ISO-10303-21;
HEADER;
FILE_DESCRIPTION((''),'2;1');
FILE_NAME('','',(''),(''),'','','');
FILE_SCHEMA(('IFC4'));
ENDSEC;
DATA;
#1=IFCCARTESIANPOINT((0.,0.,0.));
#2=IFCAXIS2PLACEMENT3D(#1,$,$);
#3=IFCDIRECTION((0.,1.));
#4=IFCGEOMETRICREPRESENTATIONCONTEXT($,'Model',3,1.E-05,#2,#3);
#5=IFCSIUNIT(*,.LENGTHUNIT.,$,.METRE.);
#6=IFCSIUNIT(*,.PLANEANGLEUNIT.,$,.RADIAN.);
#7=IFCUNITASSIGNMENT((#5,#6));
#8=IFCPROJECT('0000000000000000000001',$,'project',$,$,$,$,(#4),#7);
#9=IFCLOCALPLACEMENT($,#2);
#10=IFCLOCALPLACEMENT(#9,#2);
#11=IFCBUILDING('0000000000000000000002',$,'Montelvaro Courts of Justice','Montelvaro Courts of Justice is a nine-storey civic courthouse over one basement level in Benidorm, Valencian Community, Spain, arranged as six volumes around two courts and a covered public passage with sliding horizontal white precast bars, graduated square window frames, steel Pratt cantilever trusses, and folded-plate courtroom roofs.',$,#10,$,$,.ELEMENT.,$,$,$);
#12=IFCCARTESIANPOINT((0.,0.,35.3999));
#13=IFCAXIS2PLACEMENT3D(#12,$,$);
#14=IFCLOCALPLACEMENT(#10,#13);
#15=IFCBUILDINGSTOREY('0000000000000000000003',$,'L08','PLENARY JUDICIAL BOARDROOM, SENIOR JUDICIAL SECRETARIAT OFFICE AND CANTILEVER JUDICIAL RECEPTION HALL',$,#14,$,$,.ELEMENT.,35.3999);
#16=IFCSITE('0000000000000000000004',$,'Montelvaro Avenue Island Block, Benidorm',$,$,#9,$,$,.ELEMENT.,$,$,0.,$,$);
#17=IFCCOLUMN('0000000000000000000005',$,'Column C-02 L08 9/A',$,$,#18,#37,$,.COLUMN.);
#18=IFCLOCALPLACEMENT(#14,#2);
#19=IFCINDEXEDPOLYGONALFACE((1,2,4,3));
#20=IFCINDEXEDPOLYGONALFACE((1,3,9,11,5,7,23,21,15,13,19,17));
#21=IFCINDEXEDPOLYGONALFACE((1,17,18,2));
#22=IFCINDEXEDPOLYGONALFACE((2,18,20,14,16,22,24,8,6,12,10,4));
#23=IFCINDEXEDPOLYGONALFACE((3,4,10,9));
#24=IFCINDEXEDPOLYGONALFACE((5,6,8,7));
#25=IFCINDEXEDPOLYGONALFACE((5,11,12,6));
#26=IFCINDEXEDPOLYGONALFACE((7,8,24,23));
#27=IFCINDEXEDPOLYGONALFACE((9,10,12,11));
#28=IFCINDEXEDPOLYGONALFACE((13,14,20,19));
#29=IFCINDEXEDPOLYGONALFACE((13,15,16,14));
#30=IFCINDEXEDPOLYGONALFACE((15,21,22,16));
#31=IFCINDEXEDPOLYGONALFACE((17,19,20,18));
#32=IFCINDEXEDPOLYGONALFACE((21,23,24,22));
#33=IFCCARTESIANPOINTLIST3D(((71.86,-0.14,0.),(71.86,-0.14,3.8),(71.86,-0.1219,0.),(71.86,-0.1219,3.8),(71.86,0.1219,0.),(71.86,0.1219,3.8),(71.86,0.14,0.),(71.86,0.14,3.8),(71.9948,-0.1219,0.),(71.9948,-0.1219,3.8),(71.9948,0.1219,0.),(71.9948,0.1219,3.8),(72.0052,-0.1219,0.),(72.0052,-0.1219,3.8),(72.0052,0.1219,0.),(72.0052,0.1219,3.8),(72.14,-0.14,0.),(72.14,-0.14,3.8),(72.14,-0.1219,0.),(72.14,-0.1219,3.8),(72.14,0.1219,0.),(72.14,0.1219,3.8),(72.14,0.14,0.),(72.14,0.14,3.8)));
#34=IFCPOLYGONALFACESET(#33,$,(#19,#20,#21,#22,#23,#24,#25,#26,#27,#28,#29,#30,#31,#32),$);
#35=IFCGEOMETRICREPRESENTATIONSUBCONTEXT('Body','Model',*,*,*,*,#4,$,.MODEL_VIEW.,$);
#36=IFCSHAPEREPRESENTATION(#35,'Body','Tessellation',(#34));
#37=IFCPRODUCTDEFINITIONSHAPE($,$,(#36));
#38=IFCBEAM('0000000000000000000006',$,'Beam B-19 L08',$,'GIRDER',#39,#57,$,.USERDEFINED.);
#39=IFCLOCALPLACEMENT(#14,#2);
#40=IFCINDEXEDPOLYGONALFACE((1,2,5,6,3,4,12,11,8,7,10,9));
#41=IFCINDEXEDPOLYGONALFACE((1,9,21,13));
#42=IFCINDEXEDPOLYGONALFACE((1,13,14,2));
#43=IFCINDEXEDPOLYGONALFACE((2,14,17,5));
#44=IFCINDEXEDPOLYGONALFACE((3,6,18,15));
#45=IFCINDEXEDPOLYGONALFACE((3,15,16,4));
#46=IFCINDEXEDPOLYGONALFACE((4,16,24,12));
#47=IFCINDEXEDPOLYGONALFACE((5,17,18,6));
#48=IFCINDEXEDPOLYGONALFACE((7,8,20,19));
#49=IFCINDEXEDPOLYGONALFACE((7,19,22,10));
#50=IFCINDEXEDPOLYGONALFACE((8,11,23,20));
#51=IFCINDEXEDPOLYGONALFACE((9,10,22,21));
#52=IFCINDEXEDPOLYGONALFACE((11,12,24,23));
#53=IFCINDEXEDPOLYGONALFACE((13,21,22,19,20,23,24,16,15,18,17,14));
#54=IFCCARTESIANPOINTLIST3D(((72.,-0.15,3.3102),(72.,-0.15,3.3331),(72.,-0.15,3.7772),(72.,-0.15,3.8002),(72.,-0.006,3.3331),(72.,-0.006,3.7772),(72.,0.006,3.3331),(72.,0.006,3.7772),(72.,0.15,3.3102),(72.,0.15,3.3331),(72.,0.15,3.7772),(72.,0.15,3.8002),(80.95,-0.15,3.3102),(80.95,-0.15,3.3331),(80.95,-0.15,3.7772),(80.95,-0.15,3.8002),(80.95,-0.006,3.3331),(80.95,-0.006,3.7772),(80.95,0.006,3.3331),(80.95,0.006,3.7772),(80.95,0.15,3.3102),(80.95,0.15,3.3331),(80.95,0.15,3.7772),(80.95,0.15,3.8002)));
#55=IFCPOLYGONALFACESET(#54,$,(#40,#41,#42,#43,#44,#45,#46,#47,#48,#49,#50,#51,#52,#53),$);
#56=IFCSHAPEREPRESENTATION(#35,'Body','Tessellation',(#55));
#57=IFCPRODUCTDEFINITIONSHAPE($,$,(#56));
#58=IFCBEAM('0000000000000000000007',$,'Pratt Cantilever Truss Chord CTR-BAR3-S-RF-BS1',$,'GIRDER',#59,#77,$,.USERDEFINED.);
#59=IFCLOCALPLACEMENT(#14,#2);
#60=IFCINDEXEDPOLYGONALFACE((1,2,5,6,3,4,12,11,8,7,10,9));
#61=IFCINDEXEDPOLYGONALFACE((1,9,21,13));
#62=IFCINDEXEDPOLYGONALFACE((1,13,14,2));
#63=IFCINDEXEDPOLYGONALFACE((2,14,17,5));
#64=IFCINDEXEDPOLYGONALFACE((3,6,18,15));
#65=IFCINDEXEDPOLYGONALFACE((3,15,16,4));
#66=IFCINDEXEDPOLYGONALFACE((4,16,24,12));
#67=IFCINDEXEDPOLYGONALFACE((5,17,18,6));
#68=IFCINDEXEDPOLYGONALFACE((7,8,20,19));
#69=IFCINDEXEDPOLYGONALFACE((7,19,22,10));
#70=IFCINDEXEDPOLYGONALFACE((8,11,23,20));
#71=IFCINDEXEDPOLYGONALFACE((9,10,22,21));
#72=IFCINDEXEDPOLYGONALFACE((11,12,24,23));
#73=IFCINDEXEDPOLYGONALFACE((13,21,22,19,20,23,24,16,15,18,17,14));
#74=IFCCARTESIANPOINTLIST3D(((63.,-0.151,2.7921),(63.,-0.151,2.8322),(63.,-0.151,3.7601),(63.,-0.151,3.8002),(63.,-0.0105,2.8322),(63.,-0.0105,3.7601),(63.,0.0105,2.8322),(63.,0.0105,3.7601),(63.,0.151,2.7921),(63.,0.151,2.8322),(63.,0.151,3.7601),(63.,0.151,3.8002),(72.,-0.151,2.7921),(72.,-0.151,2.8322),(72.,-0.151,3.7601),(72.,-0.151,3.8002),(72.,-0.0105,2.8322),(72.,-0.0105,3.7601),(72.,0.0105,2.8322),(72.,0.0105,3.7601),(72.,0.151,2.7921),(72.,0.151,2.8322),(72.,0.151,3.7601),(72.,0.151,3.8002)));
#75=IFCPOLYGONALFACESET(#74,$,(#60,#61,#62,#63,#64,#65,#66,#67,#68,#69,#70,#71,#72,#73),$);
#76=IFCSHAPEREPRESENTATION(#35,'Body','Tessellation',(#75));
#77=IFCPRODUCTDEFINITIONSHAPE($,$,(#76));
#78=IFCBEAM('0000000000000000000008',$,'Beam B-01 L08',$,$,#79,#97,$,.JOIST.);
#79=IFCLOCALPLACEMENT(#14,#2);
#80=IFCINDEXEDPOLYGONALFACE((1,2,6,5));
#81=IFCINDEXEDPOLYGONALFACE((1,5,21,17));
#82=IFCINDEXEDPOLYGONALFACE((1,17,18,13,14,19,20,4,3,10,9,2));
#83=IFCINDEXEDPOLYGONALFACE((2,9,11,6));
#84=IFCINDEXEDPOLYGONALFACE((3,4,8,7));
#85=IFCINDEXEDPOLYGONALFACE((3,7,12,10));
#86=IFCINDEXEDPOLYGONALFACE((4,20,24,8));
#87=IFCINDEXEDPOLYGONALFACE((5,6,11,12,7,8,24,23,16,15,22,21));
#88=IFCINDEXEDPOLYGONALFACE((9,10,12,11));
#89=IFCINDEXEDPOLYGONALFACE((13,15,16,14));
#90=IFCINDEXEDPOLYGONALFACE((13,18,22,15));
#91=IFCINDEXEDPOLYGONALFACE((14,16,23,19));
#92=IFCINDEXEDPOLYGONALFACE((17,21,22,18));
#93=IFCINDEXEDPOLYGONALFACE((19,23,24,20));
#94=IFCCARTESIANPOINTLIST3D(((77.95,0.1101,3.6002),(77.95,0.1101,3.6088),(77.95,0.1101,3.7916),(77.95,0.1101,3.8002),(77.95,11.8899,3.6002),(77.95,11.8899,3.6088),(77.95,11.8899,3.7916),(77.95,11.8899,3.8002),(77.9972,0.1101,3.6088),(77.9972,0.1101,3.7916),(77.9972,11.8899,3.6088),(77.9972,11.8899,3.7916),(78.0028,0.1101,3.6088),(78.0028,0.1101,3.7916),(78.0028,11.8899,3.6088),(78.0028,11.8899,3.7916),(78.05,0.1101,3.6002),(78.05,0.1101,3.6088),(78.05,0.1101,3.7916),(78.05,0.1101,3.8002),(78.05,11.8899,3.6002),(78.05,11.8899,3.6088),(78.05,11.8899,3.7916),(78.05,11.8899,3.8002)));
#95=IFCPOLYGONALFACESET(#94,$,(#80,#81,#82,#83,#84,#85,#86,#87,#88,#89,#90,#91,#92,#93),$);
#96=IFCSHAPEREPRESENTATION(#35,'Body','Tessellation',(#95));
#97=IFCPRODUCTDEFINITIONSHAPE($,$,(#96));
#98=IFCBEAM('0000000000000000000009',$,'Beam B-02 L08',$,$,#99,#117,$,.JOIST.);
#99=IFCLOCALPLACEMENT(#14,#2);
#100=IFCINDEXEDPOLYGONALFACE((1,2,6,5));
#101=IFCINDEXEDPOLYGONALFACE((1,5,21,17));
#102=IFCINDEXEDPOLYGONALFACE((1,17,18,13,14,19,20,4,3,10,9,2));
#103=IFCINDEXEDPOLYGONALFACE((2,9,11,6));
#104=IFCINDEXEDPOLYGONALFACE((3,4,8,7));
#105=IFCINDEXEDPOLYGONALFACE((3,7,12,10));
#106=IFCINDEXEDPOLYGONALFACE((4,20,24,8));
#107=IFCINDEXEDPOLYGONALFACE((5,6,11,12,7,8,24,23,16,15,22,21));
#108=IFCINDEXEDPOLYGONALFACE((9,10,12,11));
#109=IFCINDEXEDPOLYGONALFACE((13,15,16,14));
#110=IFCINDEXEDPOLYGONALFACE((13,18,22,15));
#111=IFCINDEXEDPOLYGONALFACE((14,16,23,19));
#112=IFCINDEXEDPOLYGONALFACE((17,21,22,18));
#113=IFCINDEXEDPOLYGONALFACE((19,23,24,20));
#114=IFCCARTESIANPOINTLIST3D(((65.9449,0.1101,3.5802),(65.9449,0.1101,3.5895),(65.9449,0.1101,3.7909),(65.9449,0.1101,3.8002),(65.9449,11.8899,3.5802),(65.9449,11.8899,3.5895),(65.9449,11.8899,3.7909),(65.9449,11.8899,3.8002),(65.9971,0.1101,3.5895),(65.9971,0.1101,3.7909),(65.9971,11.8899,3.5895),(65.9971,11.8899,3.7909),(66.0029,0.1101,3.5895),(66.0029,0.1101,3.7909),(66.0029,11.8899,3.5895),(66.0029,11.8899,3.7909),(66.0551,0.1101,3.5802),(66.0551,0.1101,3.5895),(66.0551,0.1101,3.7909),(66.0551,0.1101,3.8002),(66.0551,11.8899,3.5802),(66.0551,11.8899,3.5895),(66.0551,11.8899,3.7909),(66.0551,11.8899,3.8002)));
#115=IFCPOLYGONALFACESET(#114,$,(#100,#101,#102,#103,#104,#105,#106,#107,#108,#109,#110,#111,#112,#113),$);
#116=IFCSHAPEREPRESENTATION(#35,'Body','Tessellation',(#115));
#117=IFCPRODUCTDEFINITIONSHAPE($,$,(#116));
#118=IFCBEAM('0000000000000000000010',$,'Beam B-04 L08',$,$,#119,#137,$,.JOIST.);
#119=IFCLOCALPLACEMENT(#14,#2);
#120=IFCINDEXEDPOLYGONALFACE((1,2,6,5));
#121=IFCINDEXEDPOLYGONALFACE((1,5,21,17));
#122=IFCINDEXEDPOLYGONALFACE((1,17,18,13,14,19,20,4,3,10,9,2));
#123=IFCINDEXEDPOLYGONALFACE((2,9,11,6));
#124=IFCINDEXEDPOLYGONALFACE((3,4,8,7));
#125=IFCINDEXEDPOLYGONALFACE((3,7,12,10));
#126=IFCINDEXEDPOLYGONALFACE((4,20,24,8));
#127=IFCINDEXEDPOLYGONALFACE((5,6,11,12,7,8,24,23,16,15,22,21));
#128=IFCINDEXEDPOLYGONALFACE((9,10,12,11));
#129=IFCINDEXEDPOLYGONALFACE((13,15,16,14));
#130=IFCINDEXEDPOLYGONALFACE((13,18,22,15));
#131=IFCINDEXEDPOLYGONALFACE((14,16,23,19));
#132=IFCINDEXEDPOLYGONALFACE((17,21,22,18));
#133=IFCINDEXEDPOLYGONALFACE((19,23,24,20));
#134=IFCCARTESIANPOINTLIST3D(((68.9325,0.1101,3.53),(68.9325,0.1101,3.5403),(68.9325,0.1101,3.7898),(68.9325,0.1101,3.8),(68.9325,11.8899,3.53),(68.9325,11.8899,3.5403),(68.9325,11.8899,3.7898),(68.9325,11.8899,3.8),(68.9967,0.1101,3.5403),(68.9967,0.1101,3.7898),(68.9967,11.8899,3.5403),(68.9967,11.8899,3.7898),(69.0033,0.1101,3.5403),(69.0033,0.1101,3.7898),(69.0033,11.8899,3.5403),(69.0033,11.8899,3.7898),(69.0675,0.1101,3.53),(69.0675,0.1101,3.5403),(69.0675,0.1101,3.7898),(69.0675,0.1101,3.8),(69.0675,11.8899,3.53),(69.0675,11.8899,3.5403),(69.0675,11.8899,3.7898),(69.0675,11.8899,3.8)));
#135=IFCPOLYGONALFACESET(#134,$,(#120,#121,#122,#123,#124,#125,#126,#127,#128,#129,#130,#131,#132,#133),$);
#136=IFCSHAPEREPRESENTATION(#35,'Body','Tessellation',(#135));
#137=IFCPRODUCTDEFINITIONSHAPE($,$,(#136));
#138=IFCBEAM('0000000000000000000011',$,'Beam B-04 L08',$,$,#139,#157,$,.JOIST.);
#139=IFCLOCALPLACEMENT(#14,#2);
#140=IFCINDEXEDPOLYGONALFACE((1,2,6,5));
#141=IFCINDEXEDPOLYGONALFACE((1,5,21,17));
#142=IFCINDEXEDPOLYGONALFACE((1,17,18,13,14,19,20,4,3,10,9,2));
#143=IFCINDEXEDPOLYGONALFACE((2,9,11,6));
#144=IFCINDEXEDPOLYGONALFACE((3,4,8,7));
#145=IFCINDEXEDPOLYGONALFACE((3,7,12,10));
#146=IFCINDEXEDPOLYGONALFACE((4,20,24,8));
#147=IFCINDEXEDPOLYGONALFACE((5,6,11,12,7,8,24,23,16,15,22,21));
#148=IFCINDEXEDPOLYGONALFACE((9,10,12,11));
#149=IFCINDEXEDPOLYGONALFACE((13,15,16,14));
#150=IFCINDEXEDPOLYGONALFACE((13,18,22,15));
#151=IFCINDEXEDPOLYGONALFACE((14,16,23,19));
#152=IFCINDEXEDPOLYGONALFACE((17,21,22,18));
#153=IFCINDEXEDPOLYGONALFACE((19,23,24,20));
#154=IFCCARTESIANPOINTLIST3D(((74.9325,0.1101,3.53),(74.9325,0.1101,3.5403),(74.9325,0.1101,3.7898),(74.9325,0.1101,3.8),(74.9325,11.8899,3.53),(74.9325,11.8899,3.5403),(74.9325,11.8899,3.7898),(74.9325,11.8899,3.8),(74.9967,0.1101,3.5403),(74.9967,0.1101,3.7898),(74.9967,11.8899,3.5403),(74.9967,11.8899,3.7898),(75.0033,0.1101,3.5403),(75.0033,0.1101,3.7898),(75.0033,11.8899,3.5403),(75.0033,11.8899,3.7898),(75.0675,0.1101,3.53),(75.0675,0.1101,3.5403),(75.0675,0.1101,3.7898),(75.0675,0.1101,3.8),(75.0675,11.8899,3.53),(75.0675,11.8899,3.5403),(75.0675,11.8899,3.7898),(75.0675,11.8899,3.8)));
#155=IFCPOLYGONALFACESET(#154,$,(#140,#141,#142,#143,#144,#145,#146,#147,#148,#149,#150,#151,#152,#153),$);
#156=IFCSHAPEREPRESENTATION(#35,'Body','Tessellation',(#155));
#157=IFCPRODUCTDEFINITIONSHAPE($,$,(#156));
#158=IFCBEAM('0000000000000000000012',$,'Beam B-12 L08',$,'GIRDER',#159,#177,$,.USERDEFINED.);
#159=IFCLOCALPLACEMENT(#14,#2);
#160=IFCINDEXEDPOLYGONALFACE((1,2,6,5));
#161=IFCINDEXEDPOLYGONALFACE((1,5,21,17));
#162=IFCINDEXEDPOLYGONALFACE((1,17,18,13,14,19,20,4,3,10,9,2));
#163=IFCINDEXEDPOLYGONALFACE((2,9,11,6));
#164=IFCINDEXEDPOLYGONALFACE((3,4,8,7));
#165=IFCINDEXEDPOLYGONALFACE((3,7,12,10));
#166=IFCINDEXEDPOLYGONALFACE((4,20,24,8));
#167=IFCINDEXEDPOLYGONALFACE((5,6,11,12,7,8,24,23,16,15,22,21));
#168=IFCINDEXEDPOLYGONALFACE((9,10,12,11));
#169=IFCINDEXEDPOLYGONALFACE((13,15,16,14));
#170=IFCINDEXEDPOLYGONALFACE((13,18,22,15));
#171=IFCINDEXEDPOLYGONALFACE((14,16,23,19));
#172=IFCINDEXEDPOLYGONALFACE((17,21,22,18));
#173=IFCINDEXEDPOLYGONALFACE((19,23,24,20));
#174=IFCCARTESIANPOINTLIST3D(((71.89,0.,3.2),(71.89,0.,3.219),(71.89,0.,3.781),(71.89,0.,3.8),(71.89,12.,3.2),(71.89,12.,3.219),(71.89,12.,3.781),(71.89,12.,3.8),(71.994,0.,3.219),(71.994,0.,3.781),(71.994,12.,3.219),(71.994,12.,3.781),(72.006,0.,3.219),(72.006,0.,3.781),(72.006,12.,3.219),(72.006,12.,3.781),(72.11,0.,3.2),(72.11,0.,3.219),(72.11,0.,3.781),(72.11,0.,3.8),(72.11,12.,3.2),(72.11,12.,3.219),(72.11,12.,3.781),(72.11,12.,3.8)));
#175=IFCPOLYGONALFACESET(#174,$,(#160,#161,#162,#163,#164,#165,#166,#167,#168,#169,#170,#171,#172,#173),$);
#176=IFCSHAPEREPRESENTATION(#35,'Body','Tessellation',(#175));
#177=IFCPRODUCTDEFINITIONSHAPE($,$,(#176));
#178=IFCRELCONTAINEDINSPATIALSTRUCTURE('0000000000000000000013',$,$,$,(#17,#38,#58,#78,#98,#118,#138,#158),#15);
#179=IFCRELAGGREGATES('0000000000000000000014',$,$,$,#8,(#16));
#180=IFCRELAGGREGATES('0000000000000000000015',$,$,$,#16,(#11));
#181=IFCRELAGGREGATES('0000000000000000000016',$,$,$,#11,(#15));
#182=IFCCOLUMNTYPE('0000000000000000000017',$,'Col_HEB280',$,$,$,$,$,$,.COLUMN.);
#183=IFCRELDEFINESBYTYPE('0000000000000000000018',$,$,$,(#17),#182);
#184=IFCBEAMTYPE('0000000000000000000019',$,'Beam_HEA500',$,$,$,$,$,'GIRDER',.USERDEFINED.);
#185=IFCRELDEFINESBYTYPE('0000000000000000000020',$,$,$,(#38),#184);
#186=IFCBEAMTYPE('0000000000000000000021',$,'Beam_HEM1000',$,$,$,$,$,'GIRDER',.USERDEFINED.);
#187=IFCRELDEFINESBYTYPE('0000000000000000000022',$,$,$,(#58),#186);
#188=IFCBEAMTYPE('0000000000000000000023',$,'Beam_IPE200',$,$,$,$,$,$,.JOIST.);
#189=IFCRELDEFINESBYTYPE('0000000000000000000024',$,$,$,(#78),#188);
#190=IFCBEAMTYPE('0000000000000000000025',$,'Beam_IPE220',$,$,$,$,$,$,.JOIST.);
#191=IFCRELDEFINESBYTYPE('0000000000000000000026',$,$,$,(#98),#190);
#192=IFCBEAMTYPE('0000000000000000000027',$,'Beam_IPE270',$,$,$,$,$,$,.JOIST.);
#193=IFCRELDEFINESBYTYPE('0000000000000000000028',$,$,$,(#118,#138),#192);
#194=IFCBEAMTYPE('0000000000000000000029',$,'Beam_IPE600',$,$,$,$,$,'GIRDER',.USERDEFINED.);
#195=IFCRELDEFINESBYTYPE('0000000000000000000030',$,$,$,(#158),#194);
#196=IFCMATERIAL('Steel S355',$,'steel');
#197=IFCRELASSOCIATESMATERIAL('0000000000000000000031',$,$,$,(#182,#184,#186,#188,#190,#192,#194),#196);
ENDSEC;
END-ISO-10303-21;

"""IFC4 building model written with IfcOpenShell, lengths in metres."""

from ifc_helpers import new_model, si_unit, direction, frame, origin, origin_2d, place, context, subcontext, project, spatial, i_section, extrude, material, material_profile, profile_set, type_object, element, save


model = new_model("IFC4")

# Units and contexts
model_context = context("Model", 3, precision=1e-05, world=origin(), true_north=direction((0.0, 1.0)))
body_context = subcontext(model_context, "Body", "Model", "MODEL_VIEW")
ifc_project = project(units=[si_unit("LENGTHUNIT", "METRE"), si_unit("PLANEANGLEUNIT", "RADIAN")], contexts=[model_context])

# Site, building, storey
site_placement = place(None, origin())
site = spatial("IfcSite", under=ifc_project, at=site_placement, Name="Montelvaro Avenue Island Block, Benidorm", CompositionType="ELEMENT", RefElevation=0.0)
building_placement = place(site_placement, origin())
building = spatial("IfcBuilding", under=site, at=building_placement, Name="Montelvaro Courts of Justice", Description="Montelvaro Courts of Justice is a nine-storey civic courthouse over one basement level in Benidorm, Valencian Community, Spain, arranged as six volumes around two courts and a covered public passage with sliding horizontal white precast bars, graduated square window frames, steel Pratt cantilever trusses, and folded-plate courtroom roofs.", CompositionType="ELEMENT")
storey_placement = place(building_placement, frame((0.0, 0.0, 35.3999)))
storey = spatial("IfcBuildingStorey", under=building, at=storey_placement, Name="L08", Description="PLENARY JUDICIAL BOARDROOM, SENIOR JUDICIAL SECRETARIAT OFFICE AND CANTILEVER JUDICIAL RECEPTION HALL", CompositionType="ELEMENT", Elevation=35.3999)

# Column
ifc_material_1 = material(Name="Steel S355", Category="steel")
ifc_material_profile_1 = material_profile(ifc_material_1, i_section(OverallWidth=0.28, OverallDepth=0.28, WebThickness=0.0105, FlangeThickness=0.0181, at=origin_2d()), Name="HEB 280")
ifc_profile_set_1 = profile_set([ifc_material_profile_1], Name="Steel S355")
column_type = type_object("IfcColumnType", Name="Col_HEB280", PredefinedType="COLUMN", material=ifc_profile_set_1)
column_placement = place(storey_placement, frame((72.0, 0.0, 0.0), z_axis=(0.0, 0.0, 1.0), x_axis=(1.0, 0.0, 0.0)))
element("IfcColumn", 1, at=column_placement, inside=storey, type_object=column_type, Name="Column C-02 L08 9/A", PredefinedType="COLUMN", context=body_context, shape_type="SweptSolid", body=[
    extrude(i_section(OverallWidth=0.28, OverallDepth=0.28, WebThickness=0.0105, FlangeThickness=0.0181, at=origin_2d()), origin(), (0.0, 0.0, 1.0), 3.8),
])

# Beams
ifc_material_profile_2 = material_profile(ifc_material_1, i_section(OverallWidth=0.3, OverallDepth=0.49, WebThickness=0.012, FlangeThickness=0.0229, at=origin_2d()), Name="HEA 500")
ifc_profile_set_2 = profile_set([ifc_material_profile_2], Name="Steel S355")
beam_type_1 = type_object("IfcBeamType", Name="Beam_HEA500", ElementType="GIRDER", PredefinedType="USERDEFINED", material=ifc_profile_set_2)
beam_1_placement = place(storey_placement, frame((72.0, 0.0, 3.5552), z_axis=(1.0, 0.0, 0.0), x_axis=(0.0, 1.0, 0.0)))
element("IfcBeam", 2, at=beam_1_placement, inside=storey, type_object=beam_type_1, Name="Beam B-19 L08", ObjectType="GIRDER", PredefinedType="USERDEFINED", context=body_context, shape_type="SweptSolid", body=[
    extrude(i_section(OverallWidth=0.3, OverallDepth=0.49, WebThickness=0.012, FlangeThickness=0.0229, at=origin_2d()), origin(), (0.0, 0.0, 1.0), 8.95),
])
ifc_material_profile_3 = material_profile(ifc_material_1, i_section(OverallWidth=0.302, OverallDepth=1.0081, WebThickness=0.021, FlangeThickness=0.04, at=origin_2d()), Name="HEM 1000")
ifc_profile_set_3 = profile_set([ifc_material_profile_3], Name="Steel S355")
beam_type_2 = type_object("IfcBeamType", Name="Beam_HEM1000", ElementType="GIRDER", PredefinedType="USERDEFINED", material=ifc_profile_set_3)
beam_2_placement = place(storey_placement, frame((72.0, 0.0, 3.2961), z_axis=(-1.0, 0.0, 0.0), x_axis=(0.0, -1.0, 0.0)))
element("IfcBeam", 3, at=beam_2_placement, inside=storey, type_object=beam_type_2, Name="Pratt Cantilever Truss Chord CTR-BAR3-S-RF-BS1", ObjectType="GIRDER", PredefinedType="USERDEFINED", context=body_context, shape_type="SweptSolid", body=[
    extrude(i_section(OverallWidth=0.302, OverallDepth=1.0081, WebThickness=0.021, FlangeThickness=0.04, at=origin_2d()), origin(), (0.0, 0.0, 1.0), 9.0),
])
ifc_material_profile_4 = material_profile(ifc_material_1, i_section(OverallWidth=0.1001, OverallDepth=0.2, WebThickness=0.0056, FlangeThickness=0.0085, at=origin_2d()), Name="IPE 200")
ifc_profile_set_4 = profile_set([ifc_material_profile_4], Name="Steel S355")
beam_type_3 = type_object("IfcBeamType", Name="Beam_IPE200", PredefinedType="JOIST", material=ifc_profile_set_4)
beam_3_placement = place(storey_placement, frame((78.0, 0.1101, 3.7002), z_axis=(0.0, 1.0, 0.0), x_axis=(-1.0, 0.0, 0.0)))
element("IfcBeam", 4, at=beam_3_placement, inside=storey, type_object=beam_type_3, Name="Beam B-01 L08", PredefinedType="JOIST", context=body_context, shape_type="SweptSolid", body=[
    extrude(i_section(OverallWidth=0.1001, OverallDepth=0.2, WebThickness=0.0056, FlangeThickness=0.0085, at=origin_2d()), origin(), (0.0, 0.0, 1.0), 11.7798),
])
ifc_material_profile_5 = material_profile(ifc_material_1, i_section(OverallWidth=0.1101, OverallDepth=0.22, WebThickness=0.0059, FlangeThickness=0.0093, at=origin_2d()), Name="IPE 220")
ifc_profile_set_5 = profile_set([ifc_material_profile_5], Name="Steel S355")
beam_type_4 = type_object("IfcBeamType", Name="Beam_IPE220", PredefinedType="JOIST", material=ifc_profile_set_5)
beam_4_placement = place(storey_placement, frame((66.0, 0.1101, 3.6902), z_axis=(0.0, 1.0, 0.0), x_axis=(-1.0, 0.0, 0.0)))
element("IfcBeam", 5, at=beam_4_placement, inside=storey, type_object=beam_type_4, Name="Beam B-02 L08", PredefinedType="JOIST", context=body_context, shape_type="SweptSolid", body=[
    extrude(i_section(OverallWidth=0.1101, OverallDepth=0.22, WebThickness=0.0059, FlangeThickness=0.0093, at=origin_2d()), origin(), (0.0, 0.0, 1.0), 11.7798),
])
ifc_material_profile_6 = material_profile(ifc_material_1, i_section(OverallWidth=0.135, OverallDepth=0.27, WebThickness=0.0066, FlangeThickness=0.0103, at=origin_2d()), Name="IPE 270")
ifc_profile_set_6 = profile_set([ifc_material_profile_6], Name="Steel S355")
beam_type_5 = type_object("IfcBeamType", Name="Beam_IPE270", PredefinedType="JOIST", material=ifc_profile_set_6)
for number, where, z_axis, x_axis, name in (
    (6, (69.0, 0.1101, 3.665), (0.0, 1.0, 0.0), (-1.0, 0.0, 0.0), "Beam B-04 L08"),
    (7, (75.0, 0.1101, 3.665), (0.0, 1.0, 0.0), (-1.0, 0.0, 0.0), "Beam B-04 L08"),
):
    element("IfcBeam", number, at=place(storey_placement, frame(where, z_axis=z_axis, x_axis=x_axis)), inside=storey, type_object=beam_type_5, Name=name, PredefinedType="JOIST", context=body_context, shape_type="SweptSolid", body=[
        extrude(i_section(OverallWidth=0.135, OverallDepth=0.27, WebThickness=0.0066, FlangeThickness=0.0103, at=origin_2d()), origin(), (0.0, 0.0, 1.0), 11.7798),
    ])
ifc_material_profile_7 = material_profile(ifc_material_1, i_section(OverallWidth=0.22, OverallDepth=0.6001, WebThickness=0.012, FlangeThickness=0.019, at=origin_2d()), Name="IPE 600")
ifc_profile_set_7 = profile_set([ifc_material_profile_7], Name="Steel S355")
beam_type_6 = type_object("IfcBeamType", Name="Beam_IPE600", ElementType="GIRDER", PredefinedType="USERDEFINED", material=ifc_profile_set_7)
beam_5_placement = place(storey_placement, frame((72.0, 0.0, 3.5), z_axis=(0.0, 1.0, 0.0), x_axis=(-1.0, 0.0, 0.0)))
element("IfcBeam", 8, at=beam_5_placement, inside=storey, type_object=beam_type_6, Name="Beam B-12 L08", ObjectType="GIRDER", PredefinedType="USERDEFINED", context=body_context, shape_type="SweptSolid", body=[
    extrude(i_section(OverallWidth=0.22, OverallDepth=0.6001, WebThickness=0.012, FlangeThickness=0.019, at=origin_2d()), origin(), (0.0, 0.0, 1.0), 12.0),
])

save(model, "model.ifc")
